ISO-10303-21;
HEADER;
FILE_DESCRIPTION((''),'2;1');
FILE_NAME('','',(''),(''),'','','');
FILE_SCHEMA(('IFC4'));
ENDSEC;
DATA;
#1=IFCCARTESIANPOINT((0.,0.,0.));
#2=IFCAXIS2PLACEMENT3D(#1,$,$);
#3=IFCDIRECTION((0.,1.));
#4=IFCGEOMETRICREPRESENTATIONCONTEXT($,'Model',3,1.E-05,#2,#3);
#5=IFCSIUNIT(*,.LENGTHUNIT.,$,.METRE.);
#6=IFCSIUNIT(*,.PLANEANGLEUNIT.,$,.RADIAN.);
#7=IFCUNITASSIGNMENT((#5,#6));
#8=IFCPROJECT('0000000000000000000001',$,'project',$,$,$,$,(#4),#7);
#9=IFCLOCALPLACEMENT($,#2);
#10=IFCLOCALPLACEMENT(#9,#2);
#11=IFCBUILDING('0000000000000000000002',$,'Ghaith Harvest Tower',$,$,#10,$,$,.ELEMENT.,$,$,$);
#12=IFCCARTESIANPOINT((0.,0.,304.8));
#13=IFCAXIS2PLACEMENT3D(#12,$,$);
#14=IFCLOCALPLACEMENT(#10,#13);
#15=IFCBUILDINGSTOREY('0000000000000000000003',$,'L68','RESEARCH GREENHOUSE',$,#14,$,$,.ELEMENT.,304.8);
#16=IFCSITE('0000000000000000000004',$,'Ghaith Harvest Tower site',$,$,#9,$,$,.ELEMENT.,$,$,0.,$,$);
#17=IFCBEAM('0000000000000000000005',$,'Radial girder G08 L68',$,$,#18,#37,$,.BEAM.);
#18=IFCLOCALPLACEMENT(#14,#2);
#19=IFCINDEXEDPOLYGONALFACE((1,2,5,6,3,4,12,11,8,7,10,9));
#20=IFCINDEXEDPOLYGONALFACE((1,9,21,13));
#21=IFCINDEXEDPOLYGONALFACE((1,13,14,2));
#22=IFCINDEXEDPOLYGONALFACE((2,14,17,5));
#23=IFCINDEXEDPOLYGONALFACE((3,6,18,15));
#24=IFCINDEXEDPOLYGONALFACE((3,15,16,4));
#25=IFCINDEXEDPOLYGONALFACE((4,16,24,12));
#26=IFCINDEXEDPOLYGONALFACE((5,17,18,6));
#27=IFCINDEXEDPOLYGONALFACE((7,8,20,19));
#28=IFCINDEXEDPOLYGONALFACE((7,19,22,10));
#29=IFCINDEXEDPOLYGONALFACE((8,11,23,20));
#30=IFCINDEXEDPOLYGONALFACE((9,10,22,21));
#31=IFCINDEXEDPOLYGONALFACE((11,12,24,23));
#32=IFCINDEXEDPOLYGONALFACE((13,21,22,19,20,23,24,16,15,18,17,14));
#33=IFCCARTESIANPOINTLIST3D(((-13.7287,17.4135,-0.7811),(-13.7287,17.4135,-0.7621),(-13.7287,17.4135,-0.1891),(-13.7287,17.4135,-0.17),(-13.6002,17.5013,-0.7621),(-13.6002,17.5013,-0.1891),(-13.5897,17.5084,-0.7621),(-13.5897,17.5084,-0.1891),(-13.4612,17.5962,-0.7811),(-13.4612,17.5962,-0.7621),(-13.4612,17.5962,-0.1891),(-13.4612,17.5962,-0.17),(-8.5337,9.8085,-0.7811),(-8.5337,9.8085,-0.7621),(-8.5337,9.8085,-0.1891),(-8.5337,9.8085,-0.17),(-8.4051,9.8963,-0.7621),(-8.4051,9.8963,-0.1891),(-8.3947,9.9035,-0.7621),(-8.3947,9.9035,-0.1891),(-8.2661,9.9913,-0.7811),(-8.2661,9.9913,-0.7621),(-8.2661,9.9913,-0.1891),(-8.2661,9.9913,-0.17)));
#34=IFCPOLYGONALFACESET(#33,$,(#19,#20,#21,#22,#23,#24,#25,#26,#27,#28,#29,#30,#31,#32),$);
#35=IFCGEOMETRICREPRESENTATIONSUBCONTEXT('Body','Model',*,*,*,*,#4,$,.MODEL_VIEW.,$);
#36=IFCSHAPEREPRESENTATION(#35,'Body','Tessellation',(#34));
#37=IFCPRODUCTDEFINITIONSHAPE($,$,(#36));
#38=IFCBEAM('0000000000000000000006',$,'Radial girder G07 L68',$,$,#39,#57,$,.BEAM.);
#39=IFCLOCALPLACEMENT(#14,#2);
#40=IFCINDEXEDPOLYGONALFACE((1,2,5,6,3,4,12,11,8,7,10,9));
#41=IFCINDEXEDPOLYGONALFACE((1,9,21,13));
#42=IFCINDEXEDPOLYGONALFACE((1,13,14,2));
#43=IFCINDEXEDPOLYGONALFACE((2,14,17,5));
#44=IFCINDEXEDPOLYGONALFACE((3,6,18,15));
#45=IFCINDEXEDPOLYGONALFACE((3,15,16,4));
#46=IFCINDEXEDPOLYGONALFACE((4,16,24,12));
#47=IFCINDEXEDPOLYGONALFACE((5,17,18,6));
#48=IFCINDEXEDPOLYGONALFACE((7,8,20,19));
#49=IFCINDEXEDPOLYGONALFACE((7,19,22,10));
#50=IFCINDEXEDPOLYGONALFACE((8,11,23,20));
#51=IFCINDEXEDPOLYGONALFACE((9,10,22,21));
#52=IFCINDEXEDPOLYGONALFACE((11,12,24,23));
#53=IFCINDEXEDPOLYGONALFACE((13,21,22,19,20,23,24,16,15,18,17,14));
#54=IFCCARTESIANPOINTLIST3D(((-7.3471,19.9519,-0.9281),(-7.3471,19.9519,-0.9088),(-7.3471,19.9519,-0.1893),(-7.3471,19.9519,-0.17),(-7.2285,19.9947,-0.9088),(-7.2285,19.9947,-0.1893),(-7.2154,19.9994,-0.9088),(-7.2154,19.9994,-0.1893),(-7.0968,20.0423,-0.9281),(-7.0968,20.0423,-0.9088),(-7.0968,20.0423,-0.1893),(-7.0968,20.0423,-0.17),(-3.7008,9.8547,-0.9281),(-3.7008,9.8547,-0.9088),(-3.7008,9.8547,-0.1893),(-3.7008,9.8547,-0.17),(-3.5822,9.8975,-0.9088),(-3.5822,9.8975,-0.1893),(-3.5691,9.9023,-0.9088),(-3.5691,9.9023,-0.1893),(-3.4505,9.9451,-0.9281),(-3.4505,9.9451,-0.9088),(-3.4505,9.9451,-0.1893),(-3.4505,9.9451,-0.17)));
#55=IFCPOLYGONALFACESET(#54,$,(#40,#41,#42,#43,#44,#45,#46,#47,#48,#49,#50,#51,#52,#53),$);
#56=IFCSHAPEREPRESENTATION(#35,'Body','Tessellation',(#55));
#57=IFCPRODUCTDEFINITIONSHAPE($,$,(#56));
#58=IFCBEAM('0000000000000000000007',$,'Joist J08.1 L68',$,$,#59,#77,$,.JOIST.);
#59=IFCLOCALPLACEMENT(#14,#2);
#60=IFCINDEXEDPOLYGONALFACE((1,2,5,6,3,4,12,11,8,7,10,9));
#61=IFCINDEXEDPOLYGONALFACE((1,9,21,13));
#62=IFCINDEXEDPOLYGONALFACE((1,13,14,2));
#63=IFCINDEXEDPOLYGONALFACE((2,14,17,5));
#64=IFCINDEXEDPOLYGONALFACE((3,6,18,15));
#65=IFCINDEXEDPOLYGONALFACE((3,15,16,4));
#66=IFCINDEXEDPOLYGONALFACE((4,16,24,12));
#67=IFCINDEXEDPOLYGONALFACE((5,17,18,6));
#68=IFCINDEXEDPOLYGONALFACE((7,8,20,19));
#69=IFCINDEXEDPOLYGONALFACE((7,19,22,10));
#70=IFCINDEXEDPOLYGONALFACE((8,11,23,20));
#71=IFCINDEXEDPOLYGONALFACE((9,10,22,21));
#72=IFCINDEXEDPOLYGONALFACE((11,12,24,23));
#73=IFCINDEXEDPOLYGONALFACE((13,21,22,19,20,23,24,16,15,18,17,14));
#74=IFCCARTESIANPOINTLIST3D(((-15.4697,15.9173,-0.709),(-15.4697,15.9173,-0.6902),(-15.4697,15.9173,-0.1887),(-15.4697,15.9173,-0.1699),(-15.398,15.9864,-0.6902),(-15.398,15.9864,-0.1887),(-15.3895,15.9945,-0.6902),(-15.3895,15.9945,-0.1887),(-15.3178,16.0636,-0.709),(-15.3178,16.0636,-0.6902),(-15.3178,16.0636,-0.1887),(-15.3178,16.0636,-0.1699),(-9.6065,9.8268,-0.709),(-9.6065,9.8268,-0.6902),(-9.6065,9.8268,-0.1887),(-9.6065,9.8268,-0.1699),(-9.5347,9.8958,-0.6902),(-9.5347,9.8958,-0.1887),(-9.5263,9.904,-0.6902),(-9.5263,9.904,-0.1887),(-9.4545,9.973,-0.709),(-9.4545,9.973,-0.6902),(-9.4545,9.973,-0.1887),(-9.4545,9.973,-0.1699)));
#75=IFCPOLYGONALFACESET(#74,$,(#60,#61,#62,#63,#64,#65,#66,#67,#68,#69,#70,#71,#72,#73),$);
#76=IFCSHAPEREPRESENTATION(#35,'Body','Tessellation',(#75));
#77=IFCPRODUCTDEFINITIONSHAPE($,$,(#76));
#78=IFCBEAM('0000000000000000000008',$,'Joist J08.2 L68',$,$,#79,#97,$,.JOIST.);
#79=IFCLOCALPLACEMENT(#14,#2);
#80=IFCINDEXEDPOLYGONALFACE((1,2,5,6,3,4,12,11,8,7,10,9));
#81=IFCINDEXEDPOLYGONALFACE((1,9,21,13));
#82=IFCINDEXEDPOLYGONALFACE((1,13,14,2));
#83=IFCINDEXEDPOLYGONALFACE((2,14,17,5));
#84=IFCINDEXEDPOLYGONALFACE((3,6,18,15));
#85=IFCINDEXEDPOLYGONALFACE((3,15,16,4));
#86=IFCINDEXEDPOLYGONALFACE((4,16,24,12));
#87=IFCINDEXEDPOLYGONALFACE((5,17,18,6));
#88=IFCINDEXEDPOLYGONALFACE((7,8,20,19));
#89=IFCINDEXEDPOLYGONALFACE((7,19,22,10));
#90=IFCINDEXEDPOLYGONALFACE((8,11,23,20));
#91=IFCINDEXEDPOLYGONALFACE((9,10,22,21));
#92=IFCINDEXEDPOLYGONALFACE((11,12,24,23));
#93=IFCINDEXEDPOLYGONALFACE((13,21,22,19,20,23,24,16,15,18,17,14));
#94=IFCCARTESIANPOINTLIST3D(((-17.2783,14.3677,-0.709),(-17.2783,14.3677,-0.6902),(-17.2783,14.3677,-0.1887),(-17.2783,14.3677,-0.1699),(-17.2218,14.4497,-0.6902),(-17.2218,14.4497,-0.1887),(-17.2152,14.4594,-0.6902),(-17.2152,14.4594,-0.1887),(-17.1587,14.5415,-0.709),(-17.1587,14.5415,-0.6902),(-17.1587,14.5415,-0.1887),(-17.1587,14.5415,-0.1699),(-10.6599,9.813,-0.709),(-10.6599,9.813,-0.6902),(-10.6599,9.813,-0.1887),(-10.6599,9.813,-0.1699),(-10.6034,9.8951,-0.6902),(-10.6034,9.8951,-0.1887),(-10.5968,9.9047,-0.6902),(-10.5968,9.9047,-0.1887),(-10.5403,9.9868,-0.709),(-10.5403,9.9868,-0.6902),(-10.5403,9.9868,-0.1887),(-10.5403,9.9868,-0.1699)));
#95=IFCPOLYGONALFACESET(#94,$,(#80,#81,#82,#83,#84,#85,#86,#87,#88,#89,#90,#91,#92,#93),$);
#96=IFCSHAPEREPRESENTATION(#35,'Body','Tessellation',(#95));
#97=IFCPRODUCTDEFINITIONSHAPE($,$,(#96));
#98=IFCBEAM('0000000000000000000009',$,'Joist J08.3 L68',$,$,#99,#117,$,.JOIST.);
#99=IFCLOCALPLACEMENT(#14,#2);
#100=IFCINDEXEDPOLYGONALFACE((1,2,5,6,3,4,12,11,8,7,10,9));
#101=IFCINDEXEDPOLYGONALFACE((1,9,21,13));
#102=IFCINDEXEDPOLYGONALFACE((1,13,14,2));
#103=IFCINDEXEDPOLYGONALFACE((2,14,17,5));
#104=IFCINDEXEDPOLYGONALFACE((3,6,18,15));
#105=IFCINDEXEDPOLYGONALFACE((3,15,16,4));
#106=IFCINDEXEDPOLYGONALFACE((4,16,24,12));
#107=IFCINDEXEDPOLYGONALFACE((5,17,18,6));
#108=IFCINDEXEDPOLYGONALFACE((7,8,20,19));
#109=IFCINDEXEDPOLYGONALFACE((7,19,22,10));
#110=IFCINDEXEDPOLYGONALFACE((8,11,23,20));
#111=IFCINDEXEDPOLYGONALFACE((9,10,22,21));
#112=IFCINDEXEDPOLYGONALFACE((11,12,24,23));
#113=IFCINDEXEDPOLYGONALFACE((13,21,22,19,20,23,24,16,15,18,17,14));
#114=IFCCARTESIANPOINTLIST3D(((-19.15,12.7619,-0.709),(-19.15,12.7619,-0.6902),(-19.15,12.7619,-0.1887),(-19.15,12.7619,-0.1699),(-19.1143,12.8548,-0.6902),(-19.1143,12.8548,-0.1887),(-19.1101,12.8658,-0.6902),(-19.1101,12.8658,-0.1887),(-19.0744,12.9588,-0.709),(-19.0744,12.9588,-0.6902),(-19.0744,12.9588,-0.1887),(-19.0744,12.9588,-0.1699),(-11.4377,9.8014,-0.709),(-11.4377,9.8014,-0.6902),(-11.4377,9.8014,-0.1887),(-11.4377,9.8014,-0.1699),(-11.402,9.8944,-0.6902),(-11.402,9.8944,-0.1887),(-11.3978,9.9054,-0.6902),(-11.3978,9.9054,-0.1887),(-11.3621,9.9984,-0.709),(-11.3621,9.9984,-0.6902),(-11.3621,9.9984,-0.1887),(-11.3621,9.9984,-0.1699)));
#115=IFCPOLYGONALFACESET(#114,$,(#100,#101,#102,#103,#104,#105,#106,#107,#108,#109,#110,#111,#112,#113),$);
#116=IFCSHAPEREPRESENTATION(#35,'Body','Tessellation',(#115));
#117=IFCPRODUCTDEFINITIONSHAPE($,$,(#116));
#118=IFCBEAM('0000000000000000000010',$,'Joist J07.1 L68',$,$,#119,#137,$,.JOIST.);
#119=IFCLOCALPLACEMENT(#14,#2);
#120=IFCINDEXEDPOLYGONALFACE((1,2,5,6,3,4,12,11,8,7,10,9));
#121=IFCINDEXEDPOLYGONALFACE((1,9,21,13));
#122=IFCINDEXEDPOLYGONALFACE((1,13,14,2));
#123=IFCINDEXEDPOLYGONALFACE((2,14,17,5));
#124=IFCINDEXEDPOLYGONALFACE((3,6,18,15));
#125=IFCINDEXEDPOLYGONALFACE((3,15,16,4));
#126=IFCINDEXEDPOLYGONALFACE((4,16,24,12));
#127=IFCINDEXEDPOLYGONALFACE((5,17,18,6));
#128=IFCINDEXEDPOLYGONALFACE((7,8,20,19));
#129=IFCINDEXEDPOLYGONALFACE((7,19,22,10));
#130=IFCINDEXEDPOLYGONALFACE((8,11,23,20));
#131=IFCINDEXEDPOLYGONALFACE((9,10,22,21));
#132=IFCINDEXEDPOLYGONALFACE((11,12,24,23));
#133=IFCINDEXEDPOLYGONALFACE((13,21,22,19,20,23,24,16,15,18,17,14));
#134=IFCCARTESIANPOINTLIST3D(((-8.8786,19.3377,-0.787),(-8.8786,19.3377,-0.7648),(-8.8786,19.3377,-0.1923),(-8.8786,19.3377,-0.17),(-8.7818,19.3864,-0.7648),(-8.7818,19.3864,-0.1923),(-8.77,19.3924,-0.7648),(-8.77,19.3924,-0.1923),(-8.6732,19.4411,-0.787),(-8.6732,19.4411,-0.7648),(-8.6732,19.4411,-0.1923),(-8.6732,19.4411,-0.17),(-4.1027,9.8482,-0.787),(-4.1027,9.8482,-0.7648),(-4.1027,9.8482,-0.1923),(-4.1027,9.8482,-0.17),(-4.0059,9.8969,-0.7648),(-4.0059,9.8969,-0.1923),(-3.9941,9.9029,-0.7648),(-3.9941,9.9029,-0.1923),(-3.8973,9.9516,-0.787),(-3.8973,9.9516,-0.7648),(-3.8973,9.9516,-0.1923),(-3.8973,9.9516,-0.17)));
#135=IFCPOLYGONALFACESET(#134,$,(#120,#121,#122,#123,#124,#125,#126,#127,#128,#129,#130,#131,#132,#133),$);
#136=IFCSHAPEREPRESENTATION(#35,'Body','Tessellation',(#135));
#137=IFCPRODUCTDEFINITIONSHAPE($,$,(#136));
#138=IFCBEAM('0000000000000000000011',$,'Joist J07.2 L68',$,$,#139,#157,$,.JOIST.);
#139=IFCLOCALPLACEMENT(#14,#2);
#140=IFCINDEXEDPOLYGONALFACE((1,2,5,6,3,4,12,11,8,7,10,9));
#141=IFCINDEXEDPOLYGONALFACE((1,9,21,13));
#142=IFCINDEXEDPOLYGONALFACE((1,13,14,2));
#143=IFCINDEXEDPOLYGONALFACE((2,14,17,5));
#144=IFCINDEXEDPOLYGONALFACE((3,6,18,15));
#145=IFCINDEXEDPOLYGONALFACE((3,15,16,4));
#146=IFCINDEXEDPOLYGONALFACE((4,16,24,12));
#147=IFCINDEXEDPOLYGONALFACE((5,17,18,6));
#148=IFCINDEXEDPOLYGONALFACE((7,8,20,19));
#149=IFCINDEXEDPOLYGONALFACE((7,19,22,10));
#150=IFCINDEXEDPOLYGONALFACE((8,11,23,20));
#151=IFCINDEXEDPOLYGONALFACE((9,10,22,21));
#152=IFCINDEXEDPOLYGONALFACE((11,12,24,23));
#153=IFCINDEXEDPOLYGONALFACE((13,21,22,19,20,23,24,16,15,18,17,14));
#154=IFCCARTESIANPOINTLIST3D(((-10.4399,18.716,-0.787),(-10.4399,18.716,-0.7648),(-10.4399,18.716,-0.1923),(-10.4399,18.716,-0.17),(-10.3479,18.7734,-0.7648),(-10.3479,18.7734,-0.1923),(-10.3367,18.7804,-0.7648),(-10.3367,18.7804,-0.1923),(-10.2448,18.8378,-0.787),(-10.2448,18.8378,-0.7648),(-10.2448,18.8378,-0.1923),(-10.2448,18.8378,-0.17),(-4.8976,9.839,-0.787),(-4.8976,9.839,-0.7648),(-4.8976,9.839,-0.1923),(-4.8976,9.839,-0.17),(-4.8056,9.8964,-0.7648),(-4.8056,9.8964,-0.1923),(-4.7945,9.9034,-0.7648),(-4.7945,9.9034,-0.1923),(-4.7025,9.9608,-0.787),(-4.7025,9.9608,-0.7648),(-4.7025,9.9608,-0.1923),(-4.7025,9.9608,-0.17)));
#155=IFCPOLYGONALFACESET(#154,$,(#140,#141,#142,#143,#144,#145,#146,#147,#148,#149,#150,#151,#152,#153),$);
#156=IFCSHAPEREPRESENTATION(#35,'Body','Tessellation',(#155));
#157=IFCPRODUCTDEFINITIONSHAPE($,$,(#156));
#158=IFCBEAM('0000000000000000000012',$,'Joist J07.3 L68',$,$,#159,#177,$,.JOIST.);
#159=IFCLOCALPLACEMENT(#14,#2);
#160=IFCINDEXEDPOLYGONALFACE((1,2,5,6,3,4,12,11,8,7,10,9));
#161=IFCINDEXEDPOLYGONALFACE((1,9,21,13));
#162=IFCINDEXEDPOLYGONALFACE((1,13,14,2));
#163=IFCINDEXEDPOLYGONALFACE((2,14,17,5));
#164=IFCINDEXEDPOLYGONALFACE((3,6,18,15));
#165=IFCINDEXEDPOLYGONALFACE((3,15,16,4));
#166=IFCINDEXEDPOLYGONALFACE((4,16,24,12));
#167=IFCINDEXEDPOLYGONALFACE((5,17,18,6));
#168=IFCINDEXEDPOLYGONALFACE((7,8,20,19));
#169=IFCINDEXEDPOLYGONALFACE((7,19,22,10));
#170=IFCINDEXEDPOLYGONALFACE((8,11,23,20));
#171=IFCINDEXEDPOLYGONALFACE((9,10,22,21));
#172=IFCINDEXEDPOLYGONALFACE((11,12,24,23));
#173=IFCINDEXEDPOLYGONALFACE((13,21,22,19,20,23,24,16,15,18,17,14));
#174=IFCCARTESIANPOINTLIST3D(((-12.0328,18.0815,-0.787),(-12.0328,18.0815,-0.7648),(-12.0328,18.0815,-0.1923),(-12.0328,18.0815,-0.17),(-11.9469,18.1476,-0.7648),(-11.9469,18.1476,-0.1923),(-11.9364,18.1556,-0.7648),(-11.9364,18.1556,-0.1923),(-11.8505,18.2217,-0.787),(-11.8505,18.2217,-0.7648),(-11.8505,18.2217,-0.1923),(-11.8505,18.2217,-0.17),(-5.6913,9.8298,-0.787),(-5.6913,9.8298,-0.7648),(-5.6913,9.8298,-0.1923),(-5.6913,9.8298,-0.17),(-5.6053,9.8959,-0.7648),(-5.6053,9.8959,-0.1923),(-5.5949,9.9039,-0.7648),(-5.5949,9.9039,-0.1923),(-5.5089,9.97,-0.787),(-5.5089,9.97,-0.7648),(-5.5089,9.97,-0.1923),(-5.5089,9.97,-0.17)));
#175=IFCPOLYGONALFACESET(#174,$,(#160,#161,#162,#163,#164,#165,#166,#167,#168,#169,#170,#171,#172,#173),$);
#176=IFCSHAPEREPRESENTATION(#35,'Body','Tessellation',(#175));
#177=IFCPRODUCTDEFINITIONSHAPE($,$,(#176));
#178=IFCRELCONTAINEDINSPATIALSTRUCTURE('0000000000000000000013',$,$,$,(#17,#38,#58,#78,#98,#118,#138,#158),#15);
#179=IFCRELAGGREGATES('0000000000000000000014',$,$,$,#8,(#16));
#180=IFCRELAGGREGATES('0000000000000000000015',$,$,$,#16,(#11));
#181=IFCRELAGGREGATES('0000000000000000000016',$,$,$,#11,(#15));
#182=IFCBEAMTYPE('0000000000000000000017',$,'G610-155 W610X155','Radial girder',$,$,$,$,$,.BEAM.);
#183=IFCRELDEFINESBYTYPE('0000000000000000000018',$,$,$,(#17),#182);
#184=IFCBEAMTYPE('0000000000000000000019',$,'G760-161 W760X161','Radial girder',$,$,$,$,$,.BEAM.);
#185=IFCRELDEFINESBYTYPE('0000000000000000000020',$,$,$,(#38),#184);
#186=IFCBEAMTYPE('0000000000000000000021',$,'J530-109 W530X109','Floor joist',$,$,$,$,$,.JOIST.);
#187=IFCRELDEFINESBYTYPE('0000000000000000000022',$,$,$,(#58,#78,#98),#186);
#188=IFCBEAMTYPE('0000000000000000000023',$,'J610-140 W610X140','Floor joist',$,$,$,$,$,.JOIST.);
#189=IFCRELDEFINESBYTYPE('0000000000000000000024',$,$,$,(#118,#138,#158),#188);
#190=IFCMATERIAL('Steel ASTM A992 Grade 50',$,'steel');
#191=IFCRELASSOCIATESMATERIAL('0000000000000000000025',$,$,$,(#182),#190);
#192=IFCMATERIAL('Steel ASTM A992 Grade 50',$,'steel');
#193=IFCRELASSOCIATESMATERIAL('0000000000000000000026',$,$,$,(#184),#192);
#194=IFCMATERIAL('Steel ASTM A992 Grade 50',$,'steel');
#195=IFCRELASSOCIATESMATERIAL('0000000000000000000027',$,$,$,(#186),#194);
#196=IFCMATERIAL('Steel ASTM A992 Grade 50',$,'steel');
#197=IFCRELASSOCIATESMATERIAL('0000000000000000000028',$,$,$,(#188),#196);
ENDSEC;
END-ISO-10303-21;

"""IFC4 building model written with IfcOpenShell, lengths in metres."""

from ifc_helpers import new_model, si_unit, direction, frame, origin, origin_2d, place, context, subcontext, project, spatial, i_section, extrude, material, material_profile, profile_set, type_object, element, save


model = new_model("IFC4")

# Units and contexts
model_context = context("Model", 3, precision=1e-05, world=origin(), true_north=direction((0.0, 1.0)))
body_context = subcontext(model_context, "Body", "Model", "MODEL_VIEW")
ifc_project = project(units=[si_unit("LENGTHUNIT", "METRE"), si_unit("PLANEANGLEUNIT", "RADIAN")], contexts=[model_context])

# Site, building, storey
site_placement = place(None, origin())
site = spatial("IfcSite", under=ifc_project, at=site_placement, Name="Ghaith Harvest Tower site", CompositionType="ELEMENT", RefElevation=0.0)
building_placement = place(site_placement, origin())
building = spatial("IfcBuilding", under=site, at=building_placement, Name="Ghaith Harvest Tower", CompositionType="ELEMENT")
storey_placement = place(building_placement, frame((0.0, 0.0, 304.8)))
storey = spatial("IfcBuildingStorey", under=building, at=storey_placement, Name="L68", Description="RESEARCH GREENHOUSE", CompositionType="ELEMENT", Elevation=304.8)

# Beams
ifc_material_1 = material(Name="Steel ASTM A992 Grade 50", Category="steel")
ifc_material_profile_1 = material_profile(ifc_material_1, i_section(OverallWidth=0.324, OverallDepth=0.6111, WebThickness=0.0127, FlangeThickness=0.019, at=origin_2d()), Name="W610X155")
ifc_profile_set_1 = profile_set([ifc_material_profile_1], Name="Steel ASTM A992 Grade 50")
beam_type_1 = type_object("IfcBeamType", Name="G610-155 W610X155", Description="Radial girder", PredefinedType="BEAM", material=ifc_profile_set_1)
beam_1_placement = place(storey_placement, frame((-8.3999, 9.8999, -0.4756), z_axis=(-0.564067, 0.825729, 0.0), x_axis=(-0.825729, -0.564067, 0.0)))
element("IfcBeam", 1, at=beam_1_placement, inside=storey, type_object=beam_type_1, Name="Radial girder G08 L68", PredefinedType="BEAM", context=body_context, shape_type="SweptSolid", body=[
    extrude(i_section(OverallWidth=0.324, OverallDepth=0.6111, WebThickness=0.0127, FlangeThickness=0.019, at=origin_2d()), origin(), (0.0, 0.0, 1.0), 9.21),
])
ifc_material_2 = material(Name="Steel ASTM A992 Grade 50", Category="steel")
ifc_material_profile_2 = material_profile(ifc_material_2, i_section(OverallWidth=0.2661, OverallDepth=0.7581, WebThickness=0.0139, FlangeThickness=0.0193, at=origin_2d()), Name="W760X161")
ifc_profile_set_2 = profile_set([ifc_material_profile_2], Name="Steel ASTM A992 Grade 50")
beam_type_2 = type_object("IfcBeamType", Name="G760-161 W760X161", Description="Radial girder", PredefinedType="BEAM", material=ifc_profile_set_2)
beam_2_placement = place(storey_placement, frame((-3.5757, 9.8999, -0.5491), z_axis=(-0.339648, 0.940553, 0.0), x_axis=(-0.940553, -0.339648, 0.0)))
element("IfcBeam", 2, at=beam_2_placement, inside=storey, type_object=beam_type_2, Name="Radial girder G07 L68", PredefinedType="BEAM", context=body_context, shape_type="SweptSolid", body=[
    extrude(i_section(OverallWidth=0.2661, OverallDepth=0.7581, WebThickness=0.0139, FlangeThickness=0.0193, at=origin_2d()), origin(), (0.0, 0.0, 1.0), 10.7354),
])
ifc_material_3 = material(Name="Steel ASTM A992 Grade 50", Category="steel")
ifc_material_profile_3 = material_profile(ifc_material_3, i_section(OverallWidth=0.2109, OverallDepth=0.5391, WebThickness=0.0117, FlangeThickness=0.0188, at=origin_2d()), Name="W530X109")
ifc_profile_set_3 = profile_set([ifc_material_profile_3], Name="Steel ASTM A992 Grade 50")
beam_type_3 = type_object("IfcBeamType", Name="J530-109 W530X109", Description="Floor joist", PredefinedType="JOIST", material=ifc_profile_set_3)
beam_3_placement = place(storey_placement, frame((-9.5305, 9.8999, -0.4395), z_axis=(-0.693536, 0.720422, 0.0), x_axis=(-0.720422, -0.693536, 0.0)))
element("IfcBeam", 3, at=beam_3_placement, inside=storey, type_object=beam_type_3, Name="Joist J08.1 L68", PredefinedType="JOIST", context=body_context, shape_type="SweptSolid", body=[
    extrude(i_section(OverallWidth=0.2109, OverallDepth=0.5391, WebThickness=0.0117, FlangeThickness=0.0188, at=origin_2d()), origin(), (0.0, 0.0, 1.0), 8.4541),
])
beam_4_placement = place(storey_placement, frame((-10.6001, 9.8999, -0.4395), z_axis=(-0.823779, 0.566912, 0.0), x_axis=(-0.566912, -0.823779, 0.0)))
element("IfcBeam", 4, at=beam_4_placement, inside=storey, type_object=beam_type_3, Name="Joist J08.2 L68", PredefinedType="JOIST", context=body_context, shape_type="SweptSolid", body=[
    extrude(i_section(OverallWidth=0.2109, OverallDepth=0.5391, WebThickness=0.0117, FlangeThickness=0.0188, at=origin_2d()), origin(), (0.0, 0.0, 1.0), 8.0342),
])
beam_5_placement = place(storey_placement, frame((-11.3999, 9.8999, -0.4395), z_axis=(-0.933583, 0.358361, 0.0), x_axis=(-0.358361, -0.933583, 0.0)))
element("IfcBeam", 5, at=beam_5_placement, inside=storey, type_object=beam_type_3, Name="Joist J08.3 L68", PredefinedType="JOIST", context=body_context, shape_type="SweptSolid", body=[
    extrude(i_section(OverallWidth=0.2109, OverallDepth=0.5391, WebThickness=0.0117, FlangeThickness=0.0188, at=origin_2d()), origin(), (0.0, 0.0, 1.0), 8.261),
])
ifc_material_4 = material(Name="Steel ASTM A992 Grade 50", Category="steel")
ifc_material_profile_4 = material_profile(ifc_material_4, i_section(OverallWidth=0.23, OverallDepth=0.6169, WebThickness=0.0132, FlangeThickness=0.0222, at=origin_2d()), Name="W610X140")
ifc_profile_set_4 = profile_set([ifc_material_profile_4], Name="Steel ASTM A992 Grade 50")
beam_type_4 = type_object("IfcBeamType", Name="J610-140 W610X140", Description="Floor joist", PredefinedType="JOIST", material=ifc_profile_set_4)
beam_6_placement = place(storey_placement, frame((-4.0, 9.8999, -0.4785), z_axis=(-0.449556, 0.893252, 0.0), x_axis=(-0.893252, -0.449556, 0.0)))
element("IfcBeam", 6, at=beam_6_placement, inside=storey, type_object=beam_type_4, Name="Joist J07.1 L68", PredefinedType="JOIST", context=body_context, shape_type="SweptSolid", body=[
    extrude(i_section(OverallWidth=0.23, OverallDepth=0.6169, WebThickness=0.0132, FlangeThickness=0.0222, at=origin_2d()), origin(), (0.0, 0.0, 1.0), 10.6235),
])
beam_7_placement = place(storey_placement, frame((-4.8, 9.8999, -0.4785), z_axis=(-0.529596, 0.84825, 0.0), x_axis=(-0.84825, -0.529596, 0.0)))
element("IfcBeam", 7, at=beam_7_placement, inside=storey, type_object=beam_type_4, Name="Joist J07.2 L68", PredefinedType="JOIST", context=body_context, shape_type="SweptSolid", body=[
    extrude(i_section(OverallWidth=0.23, OverallDepth=0.6169, WebThickness=0.0132, FlangeThickness=0.0222, at=origin_2d()), origin(), (0.0, 0.0, 1.0), 10.4651),
])
beam_8_placement = place(storey_placement, frame((-5.6001, 9.8999, -0.4785), z_axis=(-0.609354, 0.792899, 0.0), x_axis=(-0.792899, -0.609354, 0.0)))
element("IfcBeam", 8, at=beam_8_placement, inside=storey, type_object=beam_type_4, Name="Joist J07.3 L68", PredefinedType="JOIST", context=body_context, shape_type="SweptSolid", body=[
    extrude(i_section(OverallWidth=0.23, OverallDepth=0.6169, WebThickness=0.0132, FlangeThickness=0.0222, at=origin_2d()), origin(), (0.0, 0.0, 1.0), 10.407),
])

save(model, "model.ifc")
